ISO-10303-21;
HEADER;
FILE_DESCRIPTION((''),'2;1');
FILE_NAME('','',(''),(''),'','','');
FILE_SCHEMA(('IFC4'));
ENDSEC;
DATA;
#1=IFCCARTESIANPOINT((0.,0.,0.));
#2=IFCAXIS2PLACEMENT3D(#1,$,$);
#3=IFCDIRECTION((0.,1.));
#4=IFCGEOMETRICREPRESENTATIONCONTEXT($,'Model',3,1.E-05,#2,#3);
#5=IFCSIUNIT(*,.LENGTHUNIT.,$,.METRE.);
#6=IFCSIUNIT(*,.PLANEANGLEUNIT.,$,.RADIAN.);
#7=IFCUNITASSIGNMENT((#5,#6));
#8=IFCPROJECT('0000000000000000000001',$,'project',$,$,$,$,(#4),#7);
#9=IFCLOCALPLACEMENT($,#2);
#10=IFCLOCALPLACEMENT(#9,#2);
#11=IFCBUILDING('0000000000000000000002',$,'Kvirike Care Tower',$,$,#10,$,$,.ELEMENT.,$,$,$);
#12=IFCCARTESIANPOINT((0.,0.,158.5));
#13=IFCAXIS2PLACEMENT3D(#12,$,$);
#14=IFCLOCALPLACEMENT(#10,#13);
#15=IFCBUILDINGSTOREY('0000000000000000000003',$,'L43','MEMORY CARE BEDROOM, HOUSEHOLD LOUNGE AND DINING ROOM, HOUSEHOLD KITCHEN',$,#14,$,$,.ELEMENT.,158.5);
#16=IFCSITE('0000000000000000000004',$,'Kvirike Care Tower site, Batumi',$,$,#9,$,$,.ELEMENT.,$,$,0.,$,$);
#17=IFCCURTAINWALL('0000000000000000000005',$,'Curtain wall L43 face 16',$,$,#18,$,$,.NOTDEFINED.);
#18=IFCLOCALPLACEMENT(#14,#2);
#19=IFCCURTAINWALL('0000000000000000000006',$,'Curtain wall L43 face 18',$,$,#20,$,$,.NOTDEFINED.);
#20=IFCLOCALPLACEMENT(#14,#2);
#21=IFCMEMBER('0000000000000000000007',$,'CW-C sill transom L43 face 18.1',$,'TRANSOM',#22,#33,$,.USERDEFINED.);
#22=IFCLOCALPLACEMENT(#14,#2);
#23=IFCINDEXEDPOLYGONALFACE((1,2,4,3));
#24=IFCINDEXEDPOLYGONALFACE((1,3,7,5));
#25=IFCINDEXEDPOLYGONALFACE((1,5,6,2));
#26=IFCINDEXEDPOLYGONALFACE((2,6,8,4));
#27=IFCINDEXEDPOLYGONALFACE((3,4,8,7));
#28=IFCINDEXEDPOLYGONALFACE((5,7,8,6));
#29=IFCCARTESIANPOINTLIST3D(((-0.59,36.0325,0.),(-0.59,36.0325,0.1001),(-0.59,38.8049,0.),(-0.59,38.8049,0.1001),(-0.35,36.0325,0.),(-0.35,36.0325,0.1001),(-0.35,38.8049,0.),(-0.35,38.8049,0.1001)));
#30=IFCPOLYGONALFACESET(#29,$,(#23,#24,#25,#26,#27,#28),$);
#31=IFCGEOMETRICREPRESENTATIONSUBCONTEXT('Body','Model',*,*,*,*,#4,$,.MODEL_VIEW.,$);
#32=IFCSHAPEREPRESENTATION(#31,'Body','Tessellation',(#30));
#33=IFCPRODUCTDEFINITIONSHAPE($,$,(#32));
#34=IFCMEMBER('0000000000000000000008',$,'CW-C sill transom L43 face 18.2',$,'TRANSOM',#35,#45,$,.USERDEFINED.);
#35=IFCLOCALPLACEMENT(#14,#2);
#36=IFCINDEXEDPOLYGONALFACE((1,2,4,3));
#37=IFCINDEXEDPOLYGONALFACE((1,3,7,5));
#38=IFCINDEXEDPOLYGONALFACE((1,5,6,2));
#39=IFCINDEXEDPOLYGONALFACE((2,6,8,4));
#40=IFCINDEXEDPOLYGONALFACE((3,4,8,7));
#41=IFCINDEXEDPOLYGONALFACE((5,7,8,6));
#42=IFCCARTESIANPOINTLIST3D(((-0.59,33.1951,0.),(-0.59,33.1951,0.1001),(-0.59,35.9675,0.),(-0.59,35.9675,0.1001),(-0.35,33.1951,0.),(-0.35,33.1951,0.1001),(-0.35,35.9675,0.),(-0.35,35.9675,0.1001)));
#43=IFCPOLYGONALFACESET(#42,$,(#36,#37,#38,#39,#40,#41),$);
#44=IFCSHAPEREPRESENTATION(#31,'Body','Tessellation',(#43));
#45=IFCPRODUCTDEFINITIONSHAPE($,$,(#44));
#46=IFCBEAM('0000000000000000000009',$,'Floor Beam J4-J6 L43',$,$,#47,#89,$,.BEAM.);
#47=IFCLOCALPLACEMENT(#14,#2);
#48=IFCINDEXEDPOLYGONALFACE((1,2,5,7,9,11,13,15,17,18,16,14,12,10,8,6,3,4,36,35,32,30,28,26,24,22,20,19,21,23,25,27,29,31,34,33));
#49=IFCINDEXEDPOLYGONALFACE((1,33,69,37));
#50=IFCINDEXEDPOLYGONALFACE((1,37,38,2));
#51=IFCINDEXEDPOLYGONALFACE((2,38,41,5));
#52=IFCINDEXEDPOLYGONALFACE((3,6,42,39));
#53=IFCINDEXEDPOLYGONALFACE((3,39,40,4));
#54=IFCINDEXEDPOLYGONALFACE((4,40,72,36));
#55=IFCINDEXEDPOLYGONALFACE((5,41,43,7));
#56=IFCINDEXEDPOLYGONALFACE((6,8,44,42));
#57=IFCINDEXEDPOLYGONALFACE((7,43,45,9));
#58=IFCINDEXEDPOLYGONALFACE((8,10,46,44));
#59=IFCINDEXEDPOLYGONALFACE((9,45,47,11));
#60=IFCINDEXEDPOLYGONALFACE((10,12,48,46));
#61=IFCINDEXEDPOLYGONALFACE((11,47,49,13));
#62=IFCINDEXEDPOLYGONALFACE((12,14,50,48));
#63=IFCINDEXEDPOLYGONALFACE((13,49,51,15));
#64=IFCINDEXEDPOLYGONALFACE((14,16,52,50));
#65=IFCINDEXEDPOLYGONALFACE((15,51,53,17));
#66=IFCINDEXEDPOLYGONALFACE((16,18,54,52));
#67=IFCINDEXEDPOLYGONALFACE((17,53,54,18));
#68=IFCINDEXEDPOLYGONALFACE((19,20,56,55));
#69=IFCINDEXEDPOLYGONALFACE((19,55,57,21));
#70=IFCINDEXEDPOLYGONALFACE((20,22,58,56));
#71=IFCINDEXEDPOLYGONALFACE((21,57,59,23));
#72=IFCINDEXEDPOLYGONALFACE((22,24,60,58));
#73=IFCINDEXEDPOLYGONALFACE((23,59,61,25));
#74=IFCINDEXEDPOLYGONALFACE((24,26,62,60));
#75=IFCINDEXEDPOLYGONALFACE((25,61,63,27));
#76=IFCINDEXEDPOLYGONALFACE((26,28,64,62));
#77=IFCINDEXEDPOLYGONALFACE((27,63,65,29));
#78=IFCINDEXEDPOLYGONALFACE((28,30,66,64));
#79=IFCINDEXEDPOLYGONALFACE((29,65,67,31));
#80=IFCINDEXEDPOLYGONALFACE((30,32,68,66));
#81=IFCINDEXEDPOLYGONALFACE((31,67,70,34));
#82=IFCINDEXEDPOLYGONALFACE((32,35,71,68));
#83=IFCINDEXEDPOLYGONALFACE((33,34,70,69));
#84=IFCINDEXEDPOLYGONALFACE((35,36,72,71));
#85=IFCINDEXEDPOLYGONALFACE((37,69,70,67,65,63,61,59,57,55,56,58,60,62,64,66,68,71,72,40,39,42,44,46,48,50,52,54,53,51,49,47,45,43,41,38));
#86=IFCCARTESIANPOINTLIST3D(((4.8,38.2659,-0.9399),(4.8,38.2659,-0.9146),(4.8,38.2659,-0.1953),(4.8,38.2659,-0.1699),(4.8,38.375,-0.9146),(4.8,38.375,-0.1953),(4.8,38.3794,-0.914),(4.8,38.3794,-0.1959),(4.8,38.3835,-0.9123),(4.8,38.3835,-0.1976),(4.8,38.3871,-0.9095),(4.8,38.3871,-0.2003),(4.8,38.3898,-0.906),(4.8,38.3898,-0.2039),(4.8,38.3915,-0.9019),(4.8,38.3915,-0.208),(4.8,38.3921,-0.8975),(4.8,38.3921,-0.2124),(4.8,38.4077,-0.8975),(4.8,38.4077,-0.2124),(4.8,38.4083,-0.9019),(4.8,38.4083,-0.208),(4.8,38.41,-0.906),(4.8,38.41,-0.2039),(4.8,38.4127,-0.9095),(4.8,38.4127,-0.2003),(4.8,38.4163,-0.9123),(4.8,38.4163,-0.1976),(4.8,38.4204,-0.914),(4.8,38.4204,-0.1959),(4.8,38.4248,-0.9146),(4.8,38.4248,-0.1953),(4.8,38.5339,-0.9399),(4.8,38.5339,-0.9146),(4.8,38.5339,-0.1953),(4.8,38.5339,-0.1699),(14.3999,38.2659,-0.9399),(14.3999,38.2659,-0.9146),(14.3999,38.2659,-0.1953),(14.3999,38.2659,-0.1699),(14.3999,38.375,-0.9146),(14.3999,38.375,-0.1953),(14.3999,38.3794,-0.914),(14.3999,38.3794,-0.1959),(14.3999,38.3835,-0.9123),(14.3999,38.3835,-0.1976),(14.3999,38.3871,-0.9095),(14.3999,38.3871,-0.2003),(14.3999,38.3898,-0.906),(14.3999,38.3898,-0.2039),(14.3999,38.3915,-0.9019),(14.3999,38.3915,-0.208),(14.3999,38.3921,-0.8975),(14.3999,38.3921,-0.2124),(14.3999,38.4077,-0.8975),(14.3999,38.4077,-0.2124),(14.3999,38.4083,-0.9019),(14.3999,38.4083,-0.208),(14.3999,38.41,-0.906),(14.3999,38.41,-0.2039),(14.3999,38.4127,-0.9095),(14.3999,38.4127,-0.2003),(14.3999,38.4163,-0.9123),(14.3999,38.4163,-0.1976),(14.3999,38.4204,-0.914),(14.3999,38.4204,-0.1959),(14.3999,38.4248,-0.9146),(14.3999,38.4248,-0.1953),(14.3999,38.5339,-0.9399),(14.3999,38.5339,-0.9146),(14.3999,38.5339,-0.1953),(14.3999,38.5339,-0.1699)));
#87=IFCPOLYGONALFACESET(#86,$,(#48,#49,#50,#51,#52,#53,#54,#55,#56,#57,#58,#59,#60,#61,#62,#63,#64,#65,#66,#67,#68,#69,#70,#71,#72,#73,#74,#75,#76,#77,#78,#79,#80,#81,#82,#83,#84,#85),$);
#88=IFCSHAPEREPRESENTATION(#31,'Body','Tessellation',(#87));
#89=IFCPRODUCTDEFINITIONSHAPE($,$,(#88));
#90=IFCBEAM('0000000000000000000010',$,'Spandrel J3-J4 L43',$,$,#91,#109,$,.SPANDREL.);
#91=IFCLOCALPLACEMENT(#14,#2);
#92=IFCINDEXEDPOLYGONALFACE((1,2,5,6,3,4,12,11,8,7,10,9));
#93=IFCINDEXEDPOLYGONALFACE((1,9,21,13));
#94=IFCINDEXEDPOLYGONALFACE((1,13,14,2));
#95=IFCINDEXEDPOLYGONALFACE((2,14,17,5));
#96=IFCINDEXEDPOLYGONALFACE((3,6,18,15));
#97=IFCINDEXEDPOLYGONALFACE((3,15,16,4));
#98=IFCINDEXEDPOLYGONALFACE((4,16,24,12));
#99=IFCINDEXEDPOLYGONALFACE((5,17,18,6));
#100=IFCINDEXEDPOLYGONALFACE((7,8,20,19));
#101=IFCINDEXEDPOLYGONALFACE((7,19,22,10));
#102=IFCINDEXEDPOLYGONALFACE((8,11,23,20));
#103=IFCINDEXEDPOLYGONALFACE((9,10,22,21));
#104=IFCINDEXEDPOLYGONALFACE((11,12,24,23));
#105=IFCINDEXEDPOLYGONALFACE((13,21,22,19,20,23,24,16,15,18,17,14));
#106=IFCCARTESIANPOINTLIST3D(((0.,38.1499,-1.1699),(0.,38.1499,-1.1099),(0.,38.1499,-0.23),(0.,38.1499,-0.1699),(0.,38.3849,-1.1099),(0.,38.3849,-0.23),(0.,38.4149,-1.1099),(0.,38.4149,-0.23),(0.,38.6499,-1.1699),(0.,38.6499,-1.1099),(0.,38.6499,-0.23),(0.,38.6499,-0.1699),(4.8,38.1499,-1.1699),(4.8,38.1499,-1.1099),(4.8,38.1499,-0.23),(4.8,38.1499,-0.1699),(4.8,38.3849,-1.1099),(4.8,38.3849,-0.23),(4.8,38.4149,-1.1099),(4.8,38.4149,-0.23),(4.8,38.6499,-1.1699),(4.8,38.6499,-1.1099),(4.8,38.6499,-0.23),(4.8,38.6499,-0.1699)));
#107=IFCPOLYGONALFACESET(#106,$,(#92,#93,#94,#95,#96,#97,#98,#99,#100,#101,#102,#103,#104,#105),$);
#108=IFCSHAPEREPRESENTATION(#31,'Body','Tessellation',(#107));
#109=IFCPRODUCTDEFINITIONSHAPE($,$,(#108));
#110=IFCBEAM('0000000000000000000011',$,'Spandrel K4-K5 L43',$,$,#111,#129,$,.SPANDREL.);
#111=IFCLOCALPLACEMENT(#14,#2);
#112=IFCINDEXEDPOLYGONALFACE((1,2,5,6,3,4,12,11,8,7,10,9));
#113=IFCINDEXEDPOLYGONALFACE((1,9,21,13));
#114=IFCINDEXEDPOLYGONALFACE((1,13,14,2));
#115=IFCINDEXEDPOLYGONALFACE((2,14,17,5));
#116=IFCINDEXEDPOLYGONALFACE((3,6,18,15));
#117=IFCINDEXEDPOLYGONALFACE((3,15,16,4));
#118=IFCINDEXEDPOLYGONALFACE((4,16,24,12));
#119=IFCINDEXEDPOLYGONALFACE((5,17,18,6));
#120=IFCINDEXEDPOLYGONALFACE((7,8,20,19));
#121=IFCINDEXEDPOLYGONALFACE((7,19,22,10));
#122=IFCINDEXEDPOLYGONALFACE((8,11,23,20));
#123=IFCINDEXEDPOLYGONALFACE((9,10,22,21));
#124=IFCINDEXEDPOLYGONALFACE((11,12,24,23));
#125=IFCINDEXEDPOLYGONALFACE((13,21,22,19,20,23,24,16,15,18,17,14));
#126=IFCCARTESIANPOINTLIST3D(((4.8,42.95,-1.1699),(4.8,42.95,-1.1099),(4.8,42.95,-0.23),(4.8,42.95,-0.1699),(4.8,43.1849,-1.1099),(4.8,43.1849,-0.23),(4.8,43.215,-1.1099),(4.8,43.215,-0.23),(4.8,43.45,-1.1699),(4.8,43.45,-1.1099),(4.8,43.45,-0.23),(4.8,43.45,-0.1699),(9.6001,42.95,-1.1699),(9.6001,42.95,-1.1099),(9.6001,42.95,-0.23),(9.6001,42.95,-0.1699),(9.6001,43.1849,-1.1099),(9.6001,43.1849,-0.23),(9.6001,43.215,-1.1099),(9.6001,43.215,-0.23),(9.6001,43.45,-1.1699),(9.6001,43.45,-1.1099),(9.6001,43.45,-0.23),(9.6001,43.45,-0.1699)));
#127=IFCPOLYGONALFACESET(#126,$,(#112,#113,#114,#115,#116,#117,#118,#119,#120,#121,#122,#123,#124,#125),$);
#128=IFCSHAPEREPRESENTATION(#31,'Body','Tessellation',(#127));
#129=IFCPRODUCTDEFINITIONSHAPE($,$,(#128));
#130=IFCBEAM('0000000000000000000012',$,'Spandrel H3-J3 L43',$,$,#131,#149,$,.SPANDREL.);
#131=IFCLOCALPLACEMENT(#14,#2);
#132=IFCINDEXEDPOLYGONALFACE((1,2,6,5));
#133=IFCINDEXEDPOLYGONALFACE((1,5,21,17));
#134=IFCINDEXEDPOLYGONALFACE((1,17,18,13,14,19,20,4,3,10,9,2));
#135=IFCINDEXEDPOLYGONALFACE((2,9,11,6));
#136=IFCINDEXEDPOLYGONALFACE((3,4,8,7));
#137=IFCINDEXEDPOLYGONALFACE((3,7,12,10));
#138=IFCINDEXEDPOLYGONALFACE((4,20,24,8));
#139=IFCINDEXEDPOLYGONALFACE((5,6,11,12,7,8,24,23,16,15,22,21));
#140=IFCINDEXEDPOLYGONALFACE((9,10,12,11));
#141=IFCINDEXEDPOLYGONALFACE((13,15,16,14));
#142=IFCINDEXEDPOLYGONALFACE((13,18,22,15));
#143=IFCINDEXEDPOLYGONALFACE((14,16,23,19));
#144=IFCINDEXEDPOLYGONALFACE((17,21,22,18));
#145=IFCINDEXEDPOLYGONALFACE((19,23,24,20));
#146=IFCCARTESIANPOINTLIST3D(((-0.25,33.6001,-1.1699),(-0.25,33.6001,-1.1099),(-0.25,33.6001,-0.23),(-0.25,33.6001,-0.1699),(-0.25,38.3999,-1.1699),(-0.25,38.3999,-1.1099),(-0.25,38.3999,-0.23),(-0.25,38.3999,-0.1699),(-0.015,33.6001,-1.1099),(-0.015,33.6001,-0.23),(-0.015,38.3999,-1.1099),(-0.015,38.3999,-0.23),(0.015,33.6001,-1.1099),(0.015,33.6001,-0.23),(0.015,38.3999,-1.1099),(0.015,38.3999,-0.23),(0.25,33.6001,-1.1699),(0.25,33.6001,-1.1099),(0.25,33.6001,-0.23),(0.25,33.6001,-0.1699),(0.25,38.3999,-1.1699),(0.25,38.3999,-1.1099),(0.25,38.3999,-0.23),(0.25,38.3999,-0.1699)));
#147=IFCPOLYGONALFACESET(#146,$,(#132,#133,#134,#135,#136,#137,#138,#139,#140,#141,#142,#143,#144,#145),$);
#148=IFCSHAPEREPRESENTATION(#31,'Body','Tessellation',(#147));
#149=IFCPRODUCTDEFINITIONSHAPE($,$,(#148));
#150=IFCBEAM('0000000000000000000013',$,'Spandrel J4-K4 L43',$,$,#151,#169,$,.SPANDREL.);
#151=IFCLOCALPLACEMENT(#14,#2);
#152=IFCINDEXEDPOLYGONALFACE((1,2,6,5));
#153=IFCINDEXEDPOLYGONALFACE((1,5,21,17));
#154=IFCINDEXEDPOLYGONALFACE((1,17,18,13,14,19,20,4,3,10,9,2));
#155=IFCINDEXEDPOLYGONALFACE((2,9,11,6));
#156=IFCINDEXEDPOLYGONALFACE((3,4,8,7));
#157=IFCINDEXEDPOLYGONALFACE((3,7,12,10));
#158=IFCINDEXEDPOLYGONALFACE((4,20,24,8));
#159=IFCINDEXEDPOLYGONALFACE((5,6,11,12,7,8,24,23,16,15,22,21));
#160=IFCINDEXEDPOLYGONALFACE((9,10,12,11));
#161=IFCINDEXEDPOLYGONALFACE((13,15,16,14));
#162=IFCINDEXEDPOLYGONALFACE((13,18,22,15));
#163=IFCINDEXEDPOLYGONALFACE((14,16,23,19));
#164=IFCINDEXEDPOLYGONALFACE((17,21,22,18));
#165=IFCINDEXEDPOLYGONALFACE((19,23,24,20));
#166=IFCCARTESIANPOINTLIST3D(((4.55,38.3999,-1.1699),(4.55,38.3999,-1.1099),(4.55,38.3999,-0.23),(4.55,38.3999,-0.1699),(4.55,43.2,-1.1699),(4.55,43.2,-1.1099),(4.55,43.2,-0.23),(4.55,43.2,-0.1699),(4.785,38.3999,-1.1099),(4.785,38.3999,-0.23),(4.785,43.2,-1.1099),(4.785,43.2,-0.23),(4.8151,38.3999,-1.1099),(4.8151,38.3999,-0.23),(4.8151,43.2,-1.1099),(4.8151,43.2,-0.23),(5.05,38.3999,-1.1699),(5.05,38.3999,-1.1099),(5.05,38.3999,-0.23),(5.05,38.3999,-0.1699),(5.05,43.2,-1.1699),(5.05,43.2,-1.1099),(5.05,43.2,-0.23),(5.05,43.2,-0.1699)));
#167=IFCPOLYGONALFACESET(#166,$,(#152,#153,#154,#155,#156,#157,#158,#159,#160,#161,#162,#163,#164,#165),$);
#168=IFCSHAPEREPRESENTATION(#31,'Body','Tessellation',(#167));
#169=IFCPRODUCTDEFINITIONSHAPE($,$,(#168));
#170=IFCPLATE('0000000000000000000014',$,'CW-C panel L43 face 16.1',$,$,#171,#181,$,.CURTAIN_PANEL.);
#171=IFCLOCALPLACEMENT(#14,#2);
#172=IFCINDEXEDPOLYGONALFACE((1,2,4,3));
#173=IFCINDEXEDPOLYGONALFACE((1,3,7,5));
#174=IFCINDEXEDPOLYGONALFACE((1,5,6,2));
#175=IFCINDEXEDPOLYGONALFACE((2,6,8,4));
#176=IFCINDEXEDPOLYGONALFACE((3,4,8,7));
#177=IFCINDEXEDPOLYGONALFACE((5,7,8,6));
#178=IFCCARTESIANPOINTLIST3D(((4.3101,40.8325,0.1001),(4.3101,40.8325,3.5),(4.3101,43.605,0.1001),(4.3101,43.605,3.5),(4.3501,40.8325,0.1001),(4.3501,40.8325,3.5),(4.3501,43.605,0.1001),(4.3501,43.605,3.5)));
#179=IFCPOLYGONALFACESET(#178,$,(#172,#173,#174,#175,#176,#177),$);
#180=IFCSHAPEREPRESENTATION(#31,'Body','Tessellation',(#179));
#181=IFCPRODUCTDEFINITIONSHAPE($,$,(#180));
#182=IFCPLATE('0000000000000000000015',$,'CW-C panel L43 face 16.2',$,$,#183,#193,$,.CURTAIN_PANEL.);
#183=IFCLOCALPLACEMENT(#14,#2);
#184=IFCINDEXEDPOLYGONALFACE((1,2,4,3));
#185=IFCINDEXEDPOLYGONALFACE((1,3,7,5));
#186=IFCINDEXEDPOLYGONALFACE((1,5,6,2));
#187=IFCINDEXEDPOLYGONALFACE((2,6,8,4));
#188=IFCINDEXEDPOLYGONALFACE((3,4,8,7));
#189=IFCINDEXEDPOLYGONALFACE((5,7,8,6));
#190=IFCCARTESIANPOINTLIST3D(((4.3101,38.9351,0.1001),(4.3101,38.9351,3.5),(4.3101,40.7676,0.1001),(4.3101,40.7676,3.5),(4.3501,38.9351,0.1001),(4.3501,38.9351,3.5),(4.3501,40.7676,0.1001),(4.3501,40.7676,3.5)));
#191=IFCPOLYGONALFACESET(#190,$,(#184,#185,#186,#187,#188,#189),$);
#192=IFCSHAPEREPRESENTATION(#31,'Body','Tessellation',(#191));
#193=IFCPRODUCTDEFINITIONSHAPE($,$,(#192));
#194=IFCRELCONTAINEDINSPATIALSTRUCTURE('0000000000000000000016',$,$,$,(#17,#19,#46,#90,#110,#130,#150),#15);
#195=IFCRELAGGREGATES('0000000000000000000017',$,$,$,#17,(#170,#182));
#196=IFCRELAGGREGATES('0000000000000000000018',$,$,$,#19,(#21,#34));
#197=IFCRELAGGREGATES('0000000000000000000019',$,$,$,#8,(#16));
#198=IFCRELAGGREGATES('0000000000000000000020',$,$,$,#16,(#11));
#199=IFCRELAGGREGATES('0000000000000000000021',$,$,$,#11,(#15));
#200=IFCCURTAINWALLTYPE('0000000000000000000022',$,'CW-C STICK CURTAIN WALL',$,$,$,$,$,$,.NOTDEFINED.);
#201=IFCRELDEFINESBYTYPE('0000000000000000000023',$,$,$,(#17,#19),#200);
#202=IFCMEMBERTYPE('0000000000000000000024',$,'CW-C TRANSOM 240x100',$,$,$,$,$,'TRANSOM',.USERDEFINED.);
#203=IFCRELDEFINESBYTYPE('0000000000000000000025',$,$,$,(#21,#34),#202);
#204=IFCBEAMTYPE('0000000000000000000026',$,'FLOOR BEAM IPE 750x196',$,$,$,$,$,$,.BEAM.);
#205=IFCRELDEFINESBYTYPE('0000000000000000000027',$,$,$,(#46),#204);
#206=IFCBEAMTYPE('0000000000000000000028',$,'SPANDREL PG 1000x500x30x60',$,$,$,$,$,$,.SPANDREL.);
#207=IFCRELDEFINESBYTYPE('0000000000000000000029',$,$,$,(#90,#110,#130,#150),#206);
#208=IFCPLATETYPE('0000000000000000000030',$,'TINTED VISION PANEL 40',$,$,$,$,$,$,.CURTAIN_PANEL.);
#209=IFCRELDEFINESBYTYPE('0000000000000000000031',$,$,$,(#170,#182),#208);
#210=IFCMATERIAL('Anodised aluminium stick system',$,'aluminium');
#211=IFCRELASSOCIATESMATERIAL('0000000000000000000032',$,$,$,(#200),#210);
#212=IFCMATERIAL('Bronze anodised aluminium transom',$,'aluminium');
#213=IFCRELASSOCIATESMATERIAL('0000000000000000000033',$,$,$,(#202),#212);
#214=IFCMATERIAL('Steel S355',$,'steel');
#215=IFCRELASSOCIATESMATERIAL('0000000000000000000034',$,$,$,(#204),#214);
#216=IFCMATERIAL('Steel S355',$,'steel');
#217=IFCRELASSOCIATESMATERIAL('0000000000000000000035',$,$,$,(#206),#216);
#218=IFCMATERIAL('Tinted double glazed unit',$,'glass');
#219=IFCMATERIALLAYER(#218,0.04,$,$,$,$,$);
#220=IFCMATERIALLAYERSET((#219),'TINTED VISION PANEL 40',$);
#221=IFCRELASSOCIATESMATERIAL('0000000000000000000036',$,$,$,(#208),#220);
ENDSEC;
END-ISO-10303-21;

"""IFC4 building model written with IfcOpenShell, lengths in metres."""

from ifc_helpers import new_model, si_unit, direction, frame, origin, origin_2d, place, context, subcontext, project, spatial, rectangle, i_section, extrude, material, layer, layer_set, material_profile, profile_set, type_object, element, aggregate, save


model = new_model("IFC4")

# Units and contexts
model_context = context("Model", 3, precision=1e-05, world=origin(), true_north=direction((0.0, 1.0)))
body_context = subcontext(model_context, "Body", "Model", "MODEL_VIEW")
ifc_project = project(units=[si_unit("LENGTHUNIT", "METRE"), si_unit("PLANEANGLEUNIT", "RADIAN")], contexts=[model_context])

# Site, building, storey
site_placement = place(None, origin())
site = spatial("IfcSite", under=ifc_project, at=site_placement, Name="Kvirike Care Tower site, Batumi", CompositionType="ELEMENT", RefElevation=0.0)
building_placement = place(site_placement, origin())
building = spatial("IfcBuilding", under=site, at=building_placement, Name="Kvirike Care Tower", CompositionType="ELEMENT")
storey_placement = place(building_placement, frame((0.0, 0.0, 158.5)))
storey = spatial("IfcBuildingStorey", under=building, at=storey_placement, Name="L43", Description="MEMORY CARE BEDROOM, HOUSEHOLD LOUNGE AND DINING ROOM, HOUSEHOLD KITCHEN", CompositionType="ELEMENT", Elevation=158.5)

# Curtain walls
ifc_material_1 = material(Name="Anodised aluminium stick system", Category="aluminium")
curtain_wall_type = type_object("IfcCurtainWallType", Name="CW-C STICK CURTAIN WALL", PredefinedType="NOTDEFINED", material=ifc_material_1)
curtain_wall_1_placement = place(storey_placement, origin())
curtain_wall_1 = element("IfcCurtainWall", 1, at=curtain_wall_1_placement, inside=storey, type_object=curtain_wall_type, Name="Curtain wall L43 face 16", PredefinedType="NOTDEFINED")
curtain_wall_2_placement = place(storey_placement, origin())
curtain_wall_2 = element("IfcCurtainWall", 2, at=curtain_wall_2_placement, inside=storey, type_object=curtain_wall_type, Name="Curtain wall L43 face 18", PredefinedType="NOTDEFINED")

# Members
ifc_material_2 = material(Name="Bronze anodised aluminium transom", Category="aluminium")
ifc_material_profile_1 = material_profile(ifc_material_2, rectangle(XDim=0.24, YDim=0.1001, at=origin_2d()), Name="CW-C TRANSOM 240x100")
ifc_profile_set_1 = profile_set([ifc_material_profile_1], Name="Bronze anodised aluminium transom")
member_type_1 = type_object("IfcMemberType", Name="CW-C TRANSOM 240x100", ElementType="TRANSOM", PredefinedType="USERDEFINED", material=ifc_profile_set_1)
member_1_placement = place(storey_placement, frame((-0.47, 38.8049, 0.05), z_axis=(0.0, -1.0, 0.0), x_axis=(1.0, 0.0, 0.0)))
member_1 = element("IfcMember", 3, at=member_1_placement, type_object=member_type_1, Name="CW-C sill transom L43 face 18.1", ObjectType="TRANSOM", PredefinedType="USERDEFINED", context=body_context, shape_type="SweptSolid", body=[
    extrude(rectangle(XDim=0.24, YDim=0.1001, at=origin_2d()), origin(), (0.0, 0.0, 1.0), 2.7725),
])
member_2_placement = place(storey_placement, frame((-0.47, 35.9675, 0.05), z_axis=(0.0, -1.0, 0.0), x_axis=(1.0, 0.0, 0.0)))
member_2 = element("IfcMember", 4, at=member_2_placement, type_object=member_type_1, Name="CW-C sill transom L43 face 18.2", ObjectType="TRANSOM", PredefinedType="USERDEFINED", context=body_context, shape_type="SweptSolid", body=[
    extrude(rectangle(XDim=0.24, YDim=0.1001, at=origin_2d()), origin(), (0.0, 0.0, 1.0), 2.7725),
])

# Beams
ifc_material_3 = material(Name="Steel S355", Category="steel")
ifc_material_profile_2 = material_profile(ifc_material_3, i_section(OverallWidth=0.2681, OverallDepth=0.77, WebThickness=0.0156, FlangeThickness=0.0254, FilletRadius=0.0171, at=origin_2d()), Name="IPE 750x196")
ifc_profile_set_2 = profile_set([ifc_material_profile_2], Name="Steel S355")
beam_type_1 = type_object("IfcBeamType", Name="FLOOR BEAM IPE 750x196", PredefinedType="BEAM", material=ifc_profile_set_2)
beam_1_placement = place(storey_placement, frame((4.8, 38.3999, -0.5549), z_axis=(1.0, 0.0, 0.0), x_axis=(0.0, 1.0, 0.0)))
element("IfcBeam", 5, at=beam_1_placement, inside=storey, type_object=beam_type_1, Name="Floor Beam J4-J6 L43", PredefinedType="BEAM", context=body_context, shape_type="SweptSolid", body=[
    extrude(i_section(OverallWidth=0.2681, OverallDepth=0.77, WebThickness=0.0156, FlangeThickness=0.0254, FilletRadius=0.0171, at=origin_2d()), origin(), (0.0, 0.0, 1.0), 9.5999),
])
ifc_material_4 = material(Name="Steel S355", Category="steel")
ifc_material_profile_3 = material_profile(ifc_material_4, i_section(OverallWidth=0.5, OverallDepth=1.0, WebThickness=0.03, FlangeThickness=0.0601, at=origin_2d()), Name="PG 1000x500x30x60")
ifc_profile_set_3 = profile_set([ifc_material_profile_3], Name="Steel S355")
beam_type_2 = type_object("IfcBeamType", Name="SPANDREL PG 1000x500x30x60", PredefinedType="SPANDREL", material=ifc_profile_set_3)
for number, where, z_axis, x_axis, name in (
    (6, (0.0, 38.3999, -0.6699), (1.0, 0.0, 0.0), (0.0, 1.0, 0.0), "Spandrel J3-J4 L43"),
    (7, (4.8, 43.2, -0.6699), (1.0, 0.0, 0.0), (0.0, 1.0, 0.0), "Spandrel K4-K5 L43"),
):
    element("IfcBeam", number, at=place(storey_placement, frame(where, z_axis=z_axis, x_axis=x_axis)), inside=storey, type_object=beam_type_2, Name=name, PredefinedType="SPANDREL", context=body_context, shape_type="SweptSolid", body=[
        extrude(i_section(OverallWidth=0.5, OverallDepth=1.0, WebThickness=0.03, FlangeThickness=0.0601, at=origin_2d()), origin(), (0.0, 0.0, 1.0), 4.8),
    ])
beam_2_placement = place(storey_placement, frame((0.0, 33.6001, -0.6699), z_axis=(0.0, 1.0, 0.0), x_axis=(-1.0, 0.0, 0.0)))
element("IfcBeam", 8, at=beam_2_placement, inside=storey, type_object=beam_type_2, Name="Spandrel H3-J3 L43", PredefinedType="SPANDREL", context=body_context, shape_type="SweptSolid", body=[
    extrude(i_section(OverallWidth=0.5, OverallDepth=1.0, WebThickness=0.03, FlangeThickness=0.0601, at=origin_2d()), origin(), (0.0, 0.0, 1.0), 4.7998),
])
beam_3_placement = place(storey_placement, frame((4.8, 38.3999, -0.6699), z_axis=(0.0, 1.0, 0.0), x_axis=(-1.0, 0.0, 0.0)))
element("IfcBeam", 9, at=beam_3_placement, inside=storey, type_object=beam_type_2, Name="Spandrel J4-K4 L43", PredefinedType="SPANDREL", context=body_context, shape_type="SweptSolid", body=[
    extrude(i_section(OverallWidth=0.5, OverallDepth=1.0, WebThickness=0.03, FlangeThickness=0.0601, at=origin_2d()), origin(), (0.0, 0.0, 1.0), 4.8),
])

# Plates
ifc_material_5 = material(Name="Tinted double glazed unit", Category="glass")
ifc_layer_1 = layer(ifc_material_5, 0.04)
ifc_layer_set_1 = layer_set([ifc_layer_1], Name="TINTED VISION PANEL 40")
plate_type = type_object("IfcPlateType", Name="TINTED VISION PANEL 40", PredefinedType="CURTAIN_PANEL", material=ifc_layer_set_1)
plate_1_placement = place(storey_placement, frame((4.3301, 42.2188, 0.1001), z_axis=(0.0, 0.0, 1.0), x_axis=(0.0, -1.0, 0.0)))
plate_1 = element("IfcPlate", 10, at=plate_1_placement, type_object=plate_type, Name="CW-C panel L43 face 16.1", PredefinedType="CURTAIN_PANEL", context=body_context, shape_type="SweptSolid", body=[
    extrude(rectangle(XDim=2.7725, YDim=0.04, at=origin_2d()), origin(), (0.0, 0.0, 1.0), 3.3999),
])
plate_2_placement = place(storey_placement, frame((4.3301, 39.8513, 0.1001), z_axis=(0.0, 0.0, 1.0), x_axis=(0.0, -1.0, 0.0)))
plate_2 = element("IfcPlate", 11, at=plate_2_placement, type_object=plate_type, Name="CW-C panel L43 face 16.2", PredefinedType="CURTAIN_PANEL", context=body_context, shape_type="SweptSolid", body=[
    extrude(rectangle(XDim=1.8325, YDim=0.04, at=origin_2d()), origin(), (0.0, 0.0, 1.0), 3.3999),
])
aggregate(curtain_wall_1, [plate_1, plate_2])
aggregate(curtain_wall_2, [member_1, member_2])

save(model, "model.ifc")
